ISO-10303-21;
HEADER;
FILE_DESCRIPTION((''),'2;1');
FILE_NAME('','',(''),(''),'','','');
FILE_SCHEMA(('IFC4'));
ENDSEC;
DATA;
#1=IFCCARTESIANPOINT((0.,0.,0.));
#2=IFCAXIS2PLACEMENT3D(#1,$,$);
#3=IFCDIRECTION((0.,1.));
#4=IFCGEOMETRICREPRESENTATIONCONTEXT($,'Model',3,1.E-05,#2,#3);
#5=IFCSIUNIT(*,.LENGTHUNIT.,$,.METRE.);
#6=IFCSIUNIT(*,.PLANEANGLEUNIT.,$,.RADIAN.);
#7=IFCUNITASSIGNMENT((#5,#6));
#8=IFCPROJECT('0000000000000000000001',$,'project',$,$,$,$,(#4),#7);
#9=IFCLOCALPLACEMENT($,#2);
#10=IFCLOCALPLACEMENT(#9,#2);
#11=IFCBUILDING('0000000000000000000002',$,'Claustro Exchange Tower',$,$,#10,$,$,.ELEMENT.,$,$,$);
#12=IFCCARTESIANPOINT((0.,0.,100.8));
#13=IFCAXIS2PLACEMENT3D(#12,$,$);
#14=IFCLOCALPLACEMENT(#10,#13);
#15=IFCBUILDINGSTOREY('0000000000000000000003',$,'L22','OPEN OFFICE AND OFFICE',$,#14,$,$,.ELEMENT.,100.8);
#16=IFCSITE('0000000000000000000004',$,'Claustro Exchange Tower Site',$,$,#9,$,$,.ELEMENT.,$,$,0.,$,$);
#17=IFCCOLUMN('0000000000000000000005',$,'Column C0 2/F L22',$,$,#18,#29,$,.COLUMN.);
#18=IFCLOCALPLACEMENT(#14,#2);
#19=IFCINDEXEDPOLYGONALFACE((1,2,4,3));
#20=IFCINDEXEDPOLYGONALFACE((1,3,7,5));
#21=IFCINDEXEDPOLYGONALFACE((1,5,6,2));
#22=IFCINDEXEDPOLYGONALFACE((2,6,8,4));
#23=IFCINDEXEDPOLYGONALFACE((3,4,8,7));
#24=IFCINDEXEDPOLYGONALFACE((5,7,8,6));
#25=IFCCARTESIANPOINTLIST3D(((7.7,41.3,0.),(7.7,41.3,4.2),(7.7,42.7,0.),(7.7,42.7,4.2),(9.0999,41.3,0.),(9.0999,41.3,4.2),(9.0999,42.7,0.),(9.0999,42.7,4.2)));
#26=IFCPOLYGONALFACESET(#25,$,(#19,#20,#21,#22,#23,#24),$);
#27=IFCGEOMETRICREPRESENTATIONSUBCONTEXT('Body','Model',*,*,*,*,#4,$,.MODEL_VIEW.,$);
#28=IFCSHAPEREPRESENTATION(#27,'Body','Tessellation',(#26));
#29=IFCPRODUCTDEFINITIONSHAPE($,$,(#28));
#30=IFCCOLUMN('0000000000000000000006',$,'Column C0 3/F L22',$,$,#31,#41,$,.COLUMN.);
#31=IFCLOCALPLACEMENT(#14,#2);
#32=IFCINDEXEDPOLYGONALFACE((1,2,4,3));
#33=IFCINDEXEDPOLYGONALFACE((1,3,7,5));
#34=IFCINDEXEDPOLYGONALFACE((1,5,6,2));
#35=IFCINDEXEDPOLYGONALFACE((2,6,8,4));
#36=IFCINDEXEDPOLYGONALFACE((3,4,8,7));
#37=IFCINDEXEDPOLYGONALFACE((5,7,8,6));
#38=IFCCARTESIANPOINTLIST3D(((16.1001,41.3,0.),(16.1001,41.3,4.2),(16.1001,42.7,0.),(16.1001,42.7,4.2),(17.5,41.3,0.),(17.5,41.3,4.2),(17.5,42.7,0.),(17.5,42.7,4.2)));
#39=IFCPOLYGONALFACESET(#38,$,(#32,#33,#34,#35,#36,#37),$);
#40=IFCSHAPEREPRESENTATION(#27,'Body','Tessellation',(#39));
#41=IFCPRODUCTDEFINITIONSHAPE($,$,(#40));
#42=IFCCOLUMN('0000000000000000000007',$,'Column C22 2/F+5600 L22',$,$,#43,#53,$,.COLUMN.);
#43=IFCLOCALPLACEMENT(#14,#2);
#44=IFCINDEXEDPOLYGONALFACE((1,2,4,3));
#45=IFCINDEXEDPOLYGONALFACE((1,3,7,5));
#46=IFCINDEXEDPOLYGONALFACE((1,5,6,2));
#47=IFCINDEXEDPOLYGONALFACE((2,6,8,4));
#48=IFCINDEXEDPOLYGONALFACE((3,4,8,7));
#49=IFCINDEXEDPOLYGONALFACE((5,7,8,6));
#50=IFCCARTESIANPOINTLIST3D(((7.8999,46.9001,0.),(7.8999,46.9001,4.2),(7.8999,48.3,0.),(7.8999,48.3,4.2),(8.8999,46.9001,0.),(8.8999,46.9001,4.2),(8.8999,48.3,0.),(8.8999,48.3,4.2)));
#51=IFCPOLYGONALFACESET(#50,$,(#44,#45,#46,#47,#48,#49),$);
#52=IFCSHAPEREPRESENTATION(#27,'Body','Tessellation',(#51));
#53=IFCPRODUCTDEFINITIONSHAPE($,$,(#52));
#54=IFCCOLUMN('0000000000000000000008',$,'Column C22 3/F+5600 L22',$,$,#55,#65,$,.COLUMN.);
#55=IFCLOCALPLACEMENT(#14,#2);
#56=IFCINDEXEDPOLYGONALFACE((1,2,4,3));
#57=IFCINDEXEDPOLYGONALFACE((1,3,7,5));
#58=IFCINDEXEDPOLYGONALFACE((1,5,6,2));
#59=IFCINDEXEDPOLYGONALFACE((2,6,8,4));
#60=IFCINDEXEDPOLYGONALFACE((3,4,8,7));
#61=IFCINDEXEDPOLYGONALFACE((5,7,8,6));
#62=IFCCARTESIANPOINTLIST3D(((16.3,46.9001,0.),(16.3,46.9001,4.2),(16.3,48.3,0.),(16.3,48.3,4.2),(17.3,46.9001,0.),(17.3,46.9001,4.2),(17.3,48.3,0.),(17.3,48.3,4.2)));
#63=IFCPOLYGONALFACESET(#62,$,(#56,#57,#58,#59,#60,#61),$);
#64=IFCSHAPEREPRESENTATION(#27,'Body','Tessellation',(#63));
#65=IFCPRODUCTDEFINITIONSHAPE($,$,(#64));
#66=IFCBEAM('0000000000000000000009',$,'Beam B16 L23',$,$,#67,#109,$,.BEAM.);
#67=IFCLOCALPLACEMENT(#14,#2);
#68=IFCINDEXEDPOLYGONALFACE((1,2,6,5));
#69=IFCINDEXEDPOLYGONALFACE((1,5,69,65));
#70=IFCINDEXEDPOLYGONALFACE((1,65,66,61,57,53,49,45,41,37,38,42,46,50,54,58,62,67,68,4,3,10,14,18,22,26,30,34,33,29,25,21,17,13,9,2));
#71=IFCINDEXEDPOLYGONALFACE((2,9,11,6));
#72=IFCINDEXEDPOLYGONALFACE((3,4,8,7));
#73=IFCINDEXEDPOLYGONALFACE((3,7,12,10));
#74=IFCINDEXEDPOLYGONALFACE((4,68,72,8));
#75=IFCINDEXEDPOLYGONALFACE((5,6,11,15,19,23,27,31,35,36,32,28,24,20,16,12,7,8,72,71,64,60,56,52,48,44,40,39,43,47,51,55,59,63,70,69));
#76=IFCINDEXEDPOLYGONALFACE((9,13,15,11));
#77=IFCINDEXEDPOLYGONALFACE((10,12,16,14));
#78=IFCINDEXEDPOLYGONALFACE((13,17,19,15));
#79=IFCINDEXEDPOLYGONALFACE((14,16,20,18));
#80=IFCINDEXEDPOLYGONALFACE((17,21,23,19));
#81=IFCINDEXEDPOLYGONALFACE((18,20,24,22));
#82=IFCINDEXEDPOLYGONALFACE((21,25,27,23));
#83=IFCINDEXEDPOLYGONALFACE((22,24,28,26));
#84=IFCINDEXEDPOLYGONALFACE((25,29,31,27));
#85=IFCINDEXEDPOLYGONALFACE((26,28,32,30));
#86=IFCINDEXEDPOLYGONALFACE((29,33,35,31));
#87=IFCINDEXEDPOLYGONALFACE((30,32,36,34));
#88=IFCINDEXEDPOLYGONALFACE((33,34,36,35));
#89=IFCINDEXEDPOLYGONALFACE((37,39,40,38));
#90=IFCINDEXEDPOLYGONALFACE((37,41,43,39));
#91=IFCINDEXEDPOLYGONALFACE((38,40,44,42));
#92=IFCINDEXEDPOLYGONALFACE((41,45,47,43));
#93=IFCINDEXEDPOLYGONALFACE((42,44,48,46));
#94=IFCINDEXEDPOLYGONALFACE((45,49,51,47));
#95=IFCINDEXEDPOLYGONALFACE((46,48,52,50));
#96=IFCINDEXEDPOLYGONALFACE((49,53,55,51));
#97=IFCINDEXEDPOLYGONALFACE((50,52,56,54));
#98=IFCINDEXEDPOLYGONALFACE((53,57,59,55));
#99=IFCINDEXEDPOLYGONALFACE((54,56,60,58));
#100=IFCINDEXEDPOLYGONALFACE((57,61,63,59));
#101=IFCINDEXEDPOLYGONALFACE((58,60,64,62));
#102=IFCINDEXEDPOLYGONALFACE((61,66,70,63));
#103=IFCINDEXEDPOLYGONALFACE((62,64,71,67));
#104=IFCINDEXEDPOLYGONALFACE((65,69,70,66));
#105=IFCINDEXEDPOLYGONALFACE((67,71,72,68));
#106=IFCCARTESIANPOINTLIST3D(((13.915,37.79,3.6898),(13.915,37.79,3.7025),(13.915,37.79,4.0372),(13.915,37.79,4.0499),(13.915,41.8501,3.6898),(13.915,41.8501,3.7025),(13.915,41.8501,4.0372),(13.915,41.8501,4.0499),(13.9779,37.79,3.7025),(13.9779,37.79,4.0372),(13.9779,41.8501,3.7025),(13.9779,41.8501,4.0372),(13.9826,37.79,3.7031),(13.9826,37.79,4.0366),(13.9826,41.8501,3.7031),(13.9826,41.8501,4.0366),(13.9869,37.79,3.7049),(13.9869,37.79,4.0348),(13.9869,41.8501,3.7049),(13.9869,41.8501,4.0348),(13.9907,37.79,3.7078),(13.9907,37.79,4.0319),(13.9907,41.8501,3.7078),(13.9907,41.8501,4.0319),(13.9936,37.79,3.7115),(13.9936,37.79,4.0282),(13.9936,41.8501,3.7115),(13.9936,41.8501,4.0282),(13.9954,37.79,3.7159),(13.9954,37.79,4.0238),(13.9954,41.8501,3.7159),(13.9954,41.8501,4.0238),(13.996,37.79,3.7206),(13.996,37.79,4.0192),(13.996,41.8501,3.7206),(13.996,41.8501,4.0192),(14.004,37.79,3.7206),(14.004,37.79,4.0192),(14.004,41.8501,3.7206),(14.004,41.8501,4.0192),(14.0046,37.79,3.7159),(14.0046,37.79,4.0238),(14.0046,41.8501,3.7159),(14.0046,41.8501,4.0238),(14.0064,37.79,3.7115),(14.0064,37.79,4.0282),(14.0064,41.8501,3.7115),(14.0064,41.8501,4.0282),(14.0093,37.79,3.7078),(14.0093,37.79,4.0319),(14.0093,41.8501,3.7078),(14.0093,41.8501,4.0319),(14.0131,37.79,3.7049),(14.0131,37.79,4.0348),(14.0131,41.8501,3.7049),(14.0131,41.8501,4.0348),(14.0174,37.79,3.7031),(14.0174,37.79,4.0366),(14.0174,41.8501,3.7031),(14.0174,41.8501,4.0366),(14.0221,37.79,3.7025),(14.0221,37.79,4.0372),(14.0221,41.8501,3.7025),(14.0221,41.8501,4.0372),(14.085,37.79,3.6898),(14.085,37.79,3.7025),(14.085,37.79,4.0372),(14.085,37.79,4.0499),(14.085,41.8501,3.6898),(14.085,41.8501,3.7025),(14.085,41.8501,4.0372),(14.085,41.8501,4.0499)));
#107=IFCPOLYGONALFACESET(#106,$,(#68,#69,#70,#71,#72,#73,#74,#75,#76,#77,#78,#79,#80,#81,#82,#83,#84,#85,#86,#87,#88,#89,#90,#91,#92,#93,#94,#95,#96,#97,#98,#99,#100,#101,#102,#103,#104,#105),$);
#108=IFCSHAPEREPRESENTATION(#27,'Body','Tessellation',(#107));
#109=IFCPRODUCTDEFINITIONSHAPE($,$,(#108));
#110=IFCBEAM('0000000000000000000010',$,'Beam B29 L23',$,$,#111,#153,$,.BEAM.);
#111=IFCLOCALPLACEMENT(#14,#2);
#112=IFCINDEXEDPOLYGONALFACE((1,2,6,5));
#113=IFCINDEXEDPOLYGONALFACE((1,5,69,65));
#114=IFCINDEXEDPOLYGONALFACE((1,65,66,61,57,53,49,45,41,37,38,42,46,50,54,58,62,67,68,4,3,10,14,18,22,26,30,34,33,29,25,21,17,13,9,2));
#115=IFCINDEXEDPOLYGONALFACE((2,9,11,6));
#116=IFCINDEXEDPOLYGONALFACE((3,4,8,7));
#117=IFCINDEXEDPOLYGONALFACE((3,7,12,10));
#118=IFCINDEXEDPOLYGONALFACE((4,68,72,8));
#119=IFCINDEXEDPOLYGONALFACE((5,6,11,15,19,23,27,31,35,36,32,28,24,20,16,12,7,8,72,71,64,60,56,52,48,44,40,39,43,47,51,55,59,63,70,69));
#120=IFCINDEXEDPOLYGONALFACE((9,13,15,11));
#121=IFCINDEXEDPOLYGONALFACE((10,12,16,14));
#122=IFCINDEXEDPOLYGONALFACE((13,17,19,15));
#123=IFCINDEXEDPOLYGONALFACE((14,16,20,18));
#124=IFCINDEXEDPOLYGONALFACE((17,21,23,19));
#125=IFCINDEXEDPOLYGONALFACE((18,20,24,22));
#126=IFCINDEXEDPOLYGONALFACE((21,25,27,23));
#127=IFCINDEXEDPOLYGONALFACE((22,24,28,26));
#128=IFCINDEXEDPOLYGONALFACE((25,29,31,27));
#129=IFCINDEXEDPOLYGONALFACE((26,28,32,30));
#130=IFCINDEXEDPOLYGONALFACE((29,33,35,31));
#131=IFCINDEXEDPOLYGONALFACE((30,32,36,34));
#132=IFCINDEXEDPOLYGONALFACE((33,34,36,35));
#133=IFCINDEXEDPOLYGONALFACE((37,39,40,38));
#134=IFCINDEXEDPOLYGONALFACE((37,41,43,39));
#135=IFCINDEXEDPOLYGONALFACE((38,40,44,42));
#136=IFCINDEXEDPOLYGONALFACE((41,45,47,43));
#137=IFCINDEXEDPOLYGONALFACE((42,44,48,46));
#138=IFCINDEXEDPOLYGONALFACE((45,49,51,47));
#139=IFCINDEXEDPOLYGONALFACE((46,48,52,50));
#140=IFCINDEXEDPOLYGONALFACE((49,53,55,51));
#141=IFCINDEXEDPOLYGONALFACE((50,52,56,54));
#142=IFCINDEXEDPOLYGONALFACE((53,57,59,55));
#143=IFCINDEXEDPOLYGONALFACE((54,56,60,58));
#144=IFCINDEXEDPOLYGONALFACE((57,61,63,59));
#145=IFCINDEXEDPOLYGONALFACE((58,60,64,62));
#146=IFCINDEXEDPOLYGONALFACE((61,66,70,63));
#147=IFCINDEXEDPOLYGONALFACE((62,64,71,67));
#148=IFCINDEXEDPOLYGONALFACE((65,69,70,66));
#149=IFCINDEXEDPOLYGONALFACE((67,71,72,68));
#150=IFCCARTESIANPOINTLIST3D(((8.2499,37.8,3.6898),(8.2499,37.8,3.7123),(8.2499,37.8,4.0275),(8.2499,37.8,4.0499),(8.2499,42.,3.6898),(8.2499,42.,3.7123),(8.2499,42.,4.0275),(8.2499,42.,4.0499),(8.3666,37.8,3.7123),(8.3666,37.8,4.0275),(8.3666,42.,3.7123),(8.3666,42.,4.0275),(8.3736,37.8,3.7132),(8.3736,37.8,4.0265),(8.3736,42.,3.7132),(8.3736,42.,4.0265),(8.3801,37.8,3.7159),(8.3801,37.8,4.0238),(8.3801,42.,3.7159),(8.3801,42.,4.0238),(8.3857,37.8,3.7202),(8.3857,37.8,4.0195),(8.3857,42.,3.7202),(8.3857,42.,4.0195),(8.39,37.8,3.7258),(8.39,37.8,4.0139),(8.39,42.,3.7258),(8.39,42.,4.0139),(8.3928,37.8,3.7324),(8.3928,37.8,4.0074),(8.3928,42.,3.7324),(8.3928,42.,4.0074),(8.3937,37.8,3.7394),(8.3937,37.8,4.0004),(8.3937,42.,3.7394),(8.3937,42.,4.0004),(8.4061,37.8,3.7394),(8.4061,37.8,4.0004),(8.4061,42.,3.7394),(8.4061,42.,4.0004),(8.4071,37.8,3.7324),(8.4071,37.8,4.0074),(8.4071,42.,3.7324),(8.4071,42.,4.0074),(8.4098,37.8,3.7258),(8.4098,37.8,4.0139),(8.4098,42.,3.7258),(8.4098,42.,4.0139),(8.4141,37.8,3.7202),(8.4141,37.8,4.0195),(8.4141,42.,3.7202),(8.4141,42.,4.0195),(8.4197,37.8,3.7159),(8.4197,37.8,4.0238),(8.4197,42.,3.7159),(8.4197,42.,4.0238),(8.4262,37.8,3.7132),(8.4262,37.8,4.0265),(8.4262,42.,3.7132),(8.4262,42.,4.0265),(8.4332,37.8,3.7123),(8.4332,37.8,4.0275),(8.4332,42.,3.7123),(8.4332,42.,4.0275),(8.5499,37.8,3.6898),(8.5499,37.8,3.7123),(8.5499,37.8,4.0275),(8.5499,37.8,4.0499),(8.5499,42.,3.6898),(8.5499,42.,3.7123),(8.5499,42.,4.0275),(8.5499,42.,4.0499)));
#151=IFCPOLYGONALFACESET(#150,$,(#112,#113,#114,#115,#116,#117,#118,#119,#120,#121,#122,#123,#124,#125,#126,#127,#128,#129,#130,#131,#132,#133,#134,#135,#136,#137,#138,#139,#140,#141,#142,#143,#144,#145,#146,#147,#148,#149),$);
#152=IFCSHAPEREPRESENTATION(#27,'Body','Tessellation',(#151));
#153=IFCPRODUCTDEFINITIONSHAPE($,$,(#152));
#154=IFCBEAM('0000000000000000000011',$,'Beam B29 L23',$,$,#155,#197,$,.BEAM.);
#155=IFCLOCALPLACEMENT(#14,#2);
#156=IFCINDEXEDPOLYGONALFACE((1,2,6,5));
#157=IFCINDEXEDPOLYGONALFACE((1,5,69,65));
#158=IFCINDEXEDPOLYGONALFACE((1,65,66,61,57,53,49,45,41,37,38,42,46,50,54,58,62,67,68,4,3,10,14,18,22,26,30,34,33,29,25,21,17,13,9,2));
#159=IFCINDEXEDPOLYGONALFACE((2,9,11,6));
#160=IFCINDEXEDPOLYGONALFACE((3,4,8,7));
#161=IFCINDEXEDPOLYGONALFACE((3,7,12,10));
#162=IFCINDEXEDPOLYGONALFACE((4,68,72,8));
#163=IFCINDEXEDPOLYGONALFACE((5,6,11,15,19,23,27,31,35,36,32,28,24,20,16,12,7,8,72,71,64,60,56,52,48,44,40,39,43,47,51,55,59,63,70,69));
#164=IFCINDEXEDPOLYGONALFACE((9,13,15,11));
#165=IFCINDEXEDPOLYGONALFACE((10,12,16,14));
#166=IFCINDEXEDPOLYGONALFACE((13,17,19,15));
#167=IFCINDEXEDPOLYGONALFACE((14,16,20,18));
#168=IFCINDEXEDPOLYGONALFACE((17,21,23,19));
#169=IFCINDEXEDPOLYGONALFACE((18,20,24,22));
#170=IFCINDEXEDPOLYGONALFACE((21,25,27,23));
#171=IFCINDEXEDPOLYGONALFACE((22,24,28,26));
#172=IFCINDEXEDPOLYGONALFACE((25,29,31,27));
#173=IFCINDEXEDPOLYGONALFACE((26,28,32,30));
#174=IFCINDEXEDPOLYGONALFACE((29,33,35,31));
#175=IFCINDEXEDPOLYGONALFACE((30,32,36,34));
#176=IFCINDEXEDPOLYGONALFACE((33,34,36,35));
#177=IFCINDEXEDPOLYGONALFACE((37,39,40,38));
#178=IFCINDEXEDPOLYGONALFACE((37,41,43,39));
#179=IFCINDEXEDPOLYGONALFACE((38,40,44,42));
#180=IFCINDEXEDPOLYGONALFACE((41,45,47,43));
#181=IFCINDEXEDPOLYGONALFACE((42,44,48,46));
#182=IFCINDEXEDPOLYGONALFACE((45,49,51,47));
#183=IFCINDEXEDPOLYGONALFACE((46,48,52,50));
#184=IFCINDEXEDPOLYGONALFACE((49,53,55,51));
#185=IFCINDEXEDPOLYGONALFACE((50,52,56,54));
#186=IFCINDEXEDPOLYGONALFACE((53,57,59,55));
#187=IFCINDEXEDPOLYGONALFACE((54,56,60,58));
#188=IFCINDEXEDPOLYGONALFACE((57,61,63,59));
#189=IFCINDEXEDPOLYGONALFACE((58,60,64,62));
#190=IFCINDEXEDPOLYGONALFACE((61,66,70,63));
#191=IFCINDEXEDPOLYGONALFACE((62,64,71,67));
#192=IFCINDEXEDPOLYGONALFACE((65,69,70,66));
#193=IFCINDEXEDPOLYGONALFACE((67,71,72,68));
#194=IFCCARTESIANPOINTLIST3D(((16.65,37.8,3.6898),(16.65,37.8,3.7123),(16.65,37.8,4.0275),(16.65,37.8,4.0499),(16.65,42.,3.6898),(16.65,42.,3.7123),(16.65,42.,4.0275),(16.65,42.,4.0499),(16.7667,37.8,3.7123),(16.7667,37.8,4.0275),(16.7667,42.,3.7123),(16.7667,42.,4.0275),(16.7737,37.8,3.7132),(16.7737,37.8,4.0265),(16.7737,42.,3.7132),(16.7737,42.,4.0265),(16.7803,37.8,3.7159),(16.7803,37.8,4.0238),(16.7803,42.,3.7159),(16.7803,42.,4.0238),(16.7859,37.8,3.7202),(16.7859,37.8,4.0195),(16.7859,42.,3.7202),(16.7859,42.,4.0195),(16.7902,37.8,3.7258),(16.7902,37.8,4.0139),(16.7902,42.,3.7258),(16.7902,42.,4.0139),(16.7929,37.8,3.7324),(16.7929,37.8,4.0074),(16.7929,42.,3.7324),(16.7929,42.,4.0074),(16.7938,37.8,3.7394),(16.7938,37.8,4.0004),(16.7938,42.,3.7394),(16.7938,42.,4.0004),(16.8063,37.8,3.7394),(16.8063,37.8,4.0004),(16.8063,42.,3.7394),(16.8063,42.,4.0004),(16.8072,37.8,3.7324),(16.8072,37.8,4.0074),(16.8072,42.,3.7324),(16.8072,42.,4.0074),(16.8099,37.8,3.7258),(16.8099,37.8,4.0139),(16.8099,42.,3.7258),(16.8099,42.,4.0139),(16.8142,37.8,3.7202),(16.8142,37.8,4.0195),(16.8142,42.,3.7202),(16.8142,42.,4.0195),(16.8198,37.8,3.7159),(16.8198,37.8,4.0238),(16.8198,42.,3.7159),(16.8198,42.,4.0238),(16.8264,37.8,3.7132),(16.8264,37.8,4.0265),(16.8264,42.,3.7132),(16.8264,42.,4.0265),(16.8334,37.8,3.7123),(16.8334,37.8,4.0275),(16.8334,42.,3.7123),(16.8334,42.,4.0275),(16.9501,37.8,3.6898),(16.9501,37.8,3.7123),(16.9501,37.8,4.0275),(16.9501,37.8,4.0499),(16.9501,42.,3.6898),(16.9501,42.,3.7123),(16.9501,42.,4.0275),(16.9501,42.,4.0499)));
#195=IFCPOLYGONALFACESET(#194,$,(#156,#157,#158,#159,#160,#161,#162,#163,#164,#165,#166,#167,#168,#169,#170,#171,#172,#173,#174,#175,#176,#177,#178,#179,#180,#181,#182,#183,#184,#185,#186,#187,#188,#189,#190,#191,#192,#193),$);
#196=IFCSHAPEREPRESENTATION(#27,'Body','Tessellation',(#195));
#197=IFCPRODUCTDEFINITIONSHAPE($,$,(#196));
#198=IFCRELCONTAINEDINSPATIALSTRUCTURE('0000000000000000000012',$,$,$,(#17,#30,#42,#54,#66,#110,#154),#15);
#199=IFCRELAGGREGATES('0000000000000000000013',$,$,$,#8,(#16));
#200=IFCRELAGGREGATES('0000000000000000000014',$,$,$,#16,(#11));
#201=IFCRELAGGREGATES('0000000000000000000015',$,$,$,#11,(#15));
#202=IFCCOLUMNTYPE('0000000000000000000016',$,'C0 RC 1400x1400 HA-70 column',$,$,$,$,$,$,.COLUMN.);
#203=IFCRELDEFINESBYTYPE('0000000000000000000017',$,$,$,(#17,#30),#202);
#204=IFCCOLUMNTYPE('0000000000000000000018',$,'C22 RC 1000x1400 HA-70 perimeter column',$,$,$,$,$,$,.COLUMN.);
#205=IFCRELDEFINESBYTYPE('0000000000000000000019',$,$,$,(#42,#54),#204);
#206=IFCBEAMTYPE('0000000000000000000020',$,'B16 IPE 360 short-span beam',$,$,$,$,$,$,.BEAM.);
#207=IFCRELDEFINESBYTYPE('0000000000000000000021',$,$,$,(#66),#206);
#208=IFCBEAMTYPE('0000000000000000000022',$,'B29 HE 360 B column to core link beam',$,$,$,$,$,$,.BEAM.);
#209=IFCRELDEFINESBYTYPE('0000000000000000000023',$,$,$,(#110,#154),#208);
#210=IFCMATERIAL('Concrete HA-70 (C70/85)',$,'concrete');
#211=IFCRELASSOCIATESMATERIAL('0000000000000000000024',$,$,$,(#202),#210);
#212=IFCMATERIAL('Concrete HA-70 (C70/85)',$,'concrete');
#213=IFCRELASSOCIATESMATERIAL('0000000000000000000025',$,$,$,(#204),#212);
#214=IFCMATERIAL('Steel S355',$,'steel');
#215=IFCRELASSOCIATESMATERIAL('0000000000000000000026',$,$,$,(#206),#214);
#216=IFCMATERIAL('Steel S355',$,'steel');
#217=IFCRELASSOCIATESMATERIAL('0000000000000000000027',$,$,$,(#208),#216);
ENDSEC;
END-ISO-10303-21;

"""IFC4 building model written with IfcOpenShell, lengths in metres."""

from ifc_helpers import new_model, si_unit, direction, frame, origin, origin_2d, place, context, subcontext, project, spatial, rectangle, i_section, extrude, material, material_profile, profile_set, type_object, element, save


model = new_model("IFC4")

# Units and contexts
model_context = context("Model", 3, precision=1e-05, world=origin(), true_north=direction((0.0, 1.0)))
body_context = subcontext(model_context, "Body", "Model", "MODEL_VIEW")
ifc_project = project(units=[si_unit("LENGTHUNIT", "METRE"), si_unit("PLANEANGLEUNIT", "RADIAN")], contexts=[model_context])

# Site, building, storey
site_placement = place(None, origin())
site = spatial("IfcSite", under=ifc_project, at=site_placement, Name="Claustro Exchange Tower Site", CompositionType="ELEMENT", RefElevation=0.0)
building_placement = place(site_placement, origin())
building = spatial("IfcBuilding", under=site, at=building_placement, Name="Claustro Exchange Tower", CompositionType="ELEMENT")
storey_placement = place(building_placement, frame((0.0, 0.0, 100.8)))
storey = spatial("IfcBuildingStorey", under=building, at=storey_placement, Name="L22", Description="OPEN OFFICE AND OFFICE", CompositionType="ELEMENT", Elevation=100.8)

# Columns
ifc_material_1 = material(Name="Concrete HA-70 (C70/85)", Category="concrete")
ifc_material_profile_1 = material_profile(ifc_material_1, rectangle(XDim=1.3999, YDim=1.3999, at=origin_2d()), Name="RC 1400x1400")
ifc_profile_set_1 = profile_set([ifc_material_profile_1], Name="Concrete HA-70 (C70/85)")
column_type_1 = type_object("IfcColumnType", Name="C0 RC 1400x1400 HA-70 column", PredefinedType="COLUMN", material=ifc_profile_set_1)
for number, where, z_axis, x_axis, name in (
    (1, (8.3999, 42.0, 0.0), (0.0, 0.0, 1.0), (1.0, 0.0, 0.0), "Column C0 2/F L22"),
    (2, (16.8, 42.0, 0.0), (0.0, 0.0, 1.0), (1.0, 0.0, 0.0), "Column C0 3/F L22"),
):
    element("IfcColumn", number, at=place(storey_placement, frame(where, z_axis=z_axis, x_axis=x_axis)), inside=storey, type_object=column_type_1, Name=name, PredefinedType="COLUMN", context=body_context, shape_type="SweptSolid", body=[
        extrude(rectangle(XDim=1.3999, YDim=1.3999, at=origin_2d()), origin(), (0.0, 0.0, 1.0), 4.2),
    ])
ifc_material_2 = material(Name="Concrete HA-70 (C70/85)", Category="concrete")
ifc_material_profile_2 = material_profile(ifc_material_2, rectangle(XDim=1.0, YDim=1.3999, at=origin_2d()), Name="RC 1000x1400")
ifc_profile_set_2 = profile_set([ifc_material_profile_2], Name="Concrete HA-70 (C70/85)")
column_type_2 = type_object("IfcColumnType", Name="C22 RC 1000x1400 HA-70 perimeter column", PredefinedType="COLUMN", material=ifc_profile_set_2)
for number, where, z_axis, x_axis, name in (
    (3, (8.3999, 47.6001, 0.0), (0.0, 0.0, 1.0), (1.0, 0.0, 0.0), "Column C22 2/F+5600 L22"),
    (4, (16.8, 47.6001, 0.0), (0.0, 0.0, 1.0), (1.0, 0.0, 0.0), "Column C22 3/F+5600 L22"),
):
    element("IfcColumn", number, at=place(storey_placement, frame(where, z_axis=z_axis, x_axis=x_axis)), inside=storey, type_object=column_type_2, Name=name, PredefinedType="COLUMN", context=body_context, shape_type="SweptSolid", body=[
        extrude(rectangle(XDim=1.0, YDim=1.3999, at=origin_2d()), origin(), (0.0, 0.0, 1.0), 4.2),
    ])

# Beams
ifc_material_3 = material(Name="Steel S355", Category="steel")
ifc_material_profile_3 = material_profile(ifc_material_3, i_section(OverallWidth=0.1699, OverallDepth=0.3601, WebThickness=0.0081, FlangeThickness=0.0127, FilletRadius=0.0181, at=origin_2d()), Name="IPE 360")
ifc_profile_set_3 = profile_set([ifc_material_profile_3], Name="Steel S355")
beam_type_1 = type_object("IfcBeamType", Name="B16 IPE 360 short-span beam", PredefinedType="BEAM", material=ifc_profile_set_3)
beam_1_placement = place(storey_placement, frame((14.0, 37.79, 3.8699), z_axis=(0.0, 1.0, 0.0), x_axis=(-1.0, 0.0, 0.0)))
element("IfcBeam", 5, at=beam_1_placement, inside=storey, type_object=beam_type_1, Name="Beam B16 L23", PredefinedType="BEAM", context=body_context, shape_type="SweptSolid", body=[
    extrude(i_section(OverallWidth=0.1699, OverallDepth=0.3601, WebThickness=0.0081, FlangeThickness=0.0127, FilletRadius=0.0181, at=origin_2d()), origin(), (0.0, 0.0, 1.0), 4.0601),
])
ifc_material_4 = material(Name="Steel S355", Category="steel")
ifc_material_profile_4 = material_profile(ifc_material_4, i_section(OverallWidth=0.3, OverallDepth=0.3601, WebThickness=0.0125, FlangeThickness=0.0225, FilletRadius=0.0271, at=origin_2d()), Name="HE 360 B")
ifc_profile_set_4 = profile_set([ifc_material_profile_4], Name="Steel S355")
beam_type_2 = type_object("IfcBeamType", Name="B29 HE 360 B column to core link beam", PredefinedType="BEAM", material=ifc_profile_set_4)
for number, where, z_axis, x_axis, name in (
    (6, (8.3999, 37.8, 3.8699), (0.0, 1.0, 0.0), (-1.0, 0.0, 0.0), "Beam B29 L23"),
    (7, (16.8, 37.8, 3.8699), (0.0, 1.0, 0.0), (-1.0, 0.0, 0.0), "Beam B29 L23"),
):
    element("IfcBeam", number, at=place(storey_placement, frame(where, z_axis=z_axis, x_axis=x_axis)), inside=storey, type_object=beam_type_2, Name=name, PredefinedType="BEAM", context=body_context, shape_type="SweptSolid", body=[
        extrude(i_section(OverallWidth=0.3, OverallDepth=0.3601, WebThickness=0.0125, FlangeThickness=0.0225, FilletRadius=0.0271, at=origin_2d()), origin(), (0.0, 0.0, 1.0), 4.2),
    ])

save(model, "model.ifc")
